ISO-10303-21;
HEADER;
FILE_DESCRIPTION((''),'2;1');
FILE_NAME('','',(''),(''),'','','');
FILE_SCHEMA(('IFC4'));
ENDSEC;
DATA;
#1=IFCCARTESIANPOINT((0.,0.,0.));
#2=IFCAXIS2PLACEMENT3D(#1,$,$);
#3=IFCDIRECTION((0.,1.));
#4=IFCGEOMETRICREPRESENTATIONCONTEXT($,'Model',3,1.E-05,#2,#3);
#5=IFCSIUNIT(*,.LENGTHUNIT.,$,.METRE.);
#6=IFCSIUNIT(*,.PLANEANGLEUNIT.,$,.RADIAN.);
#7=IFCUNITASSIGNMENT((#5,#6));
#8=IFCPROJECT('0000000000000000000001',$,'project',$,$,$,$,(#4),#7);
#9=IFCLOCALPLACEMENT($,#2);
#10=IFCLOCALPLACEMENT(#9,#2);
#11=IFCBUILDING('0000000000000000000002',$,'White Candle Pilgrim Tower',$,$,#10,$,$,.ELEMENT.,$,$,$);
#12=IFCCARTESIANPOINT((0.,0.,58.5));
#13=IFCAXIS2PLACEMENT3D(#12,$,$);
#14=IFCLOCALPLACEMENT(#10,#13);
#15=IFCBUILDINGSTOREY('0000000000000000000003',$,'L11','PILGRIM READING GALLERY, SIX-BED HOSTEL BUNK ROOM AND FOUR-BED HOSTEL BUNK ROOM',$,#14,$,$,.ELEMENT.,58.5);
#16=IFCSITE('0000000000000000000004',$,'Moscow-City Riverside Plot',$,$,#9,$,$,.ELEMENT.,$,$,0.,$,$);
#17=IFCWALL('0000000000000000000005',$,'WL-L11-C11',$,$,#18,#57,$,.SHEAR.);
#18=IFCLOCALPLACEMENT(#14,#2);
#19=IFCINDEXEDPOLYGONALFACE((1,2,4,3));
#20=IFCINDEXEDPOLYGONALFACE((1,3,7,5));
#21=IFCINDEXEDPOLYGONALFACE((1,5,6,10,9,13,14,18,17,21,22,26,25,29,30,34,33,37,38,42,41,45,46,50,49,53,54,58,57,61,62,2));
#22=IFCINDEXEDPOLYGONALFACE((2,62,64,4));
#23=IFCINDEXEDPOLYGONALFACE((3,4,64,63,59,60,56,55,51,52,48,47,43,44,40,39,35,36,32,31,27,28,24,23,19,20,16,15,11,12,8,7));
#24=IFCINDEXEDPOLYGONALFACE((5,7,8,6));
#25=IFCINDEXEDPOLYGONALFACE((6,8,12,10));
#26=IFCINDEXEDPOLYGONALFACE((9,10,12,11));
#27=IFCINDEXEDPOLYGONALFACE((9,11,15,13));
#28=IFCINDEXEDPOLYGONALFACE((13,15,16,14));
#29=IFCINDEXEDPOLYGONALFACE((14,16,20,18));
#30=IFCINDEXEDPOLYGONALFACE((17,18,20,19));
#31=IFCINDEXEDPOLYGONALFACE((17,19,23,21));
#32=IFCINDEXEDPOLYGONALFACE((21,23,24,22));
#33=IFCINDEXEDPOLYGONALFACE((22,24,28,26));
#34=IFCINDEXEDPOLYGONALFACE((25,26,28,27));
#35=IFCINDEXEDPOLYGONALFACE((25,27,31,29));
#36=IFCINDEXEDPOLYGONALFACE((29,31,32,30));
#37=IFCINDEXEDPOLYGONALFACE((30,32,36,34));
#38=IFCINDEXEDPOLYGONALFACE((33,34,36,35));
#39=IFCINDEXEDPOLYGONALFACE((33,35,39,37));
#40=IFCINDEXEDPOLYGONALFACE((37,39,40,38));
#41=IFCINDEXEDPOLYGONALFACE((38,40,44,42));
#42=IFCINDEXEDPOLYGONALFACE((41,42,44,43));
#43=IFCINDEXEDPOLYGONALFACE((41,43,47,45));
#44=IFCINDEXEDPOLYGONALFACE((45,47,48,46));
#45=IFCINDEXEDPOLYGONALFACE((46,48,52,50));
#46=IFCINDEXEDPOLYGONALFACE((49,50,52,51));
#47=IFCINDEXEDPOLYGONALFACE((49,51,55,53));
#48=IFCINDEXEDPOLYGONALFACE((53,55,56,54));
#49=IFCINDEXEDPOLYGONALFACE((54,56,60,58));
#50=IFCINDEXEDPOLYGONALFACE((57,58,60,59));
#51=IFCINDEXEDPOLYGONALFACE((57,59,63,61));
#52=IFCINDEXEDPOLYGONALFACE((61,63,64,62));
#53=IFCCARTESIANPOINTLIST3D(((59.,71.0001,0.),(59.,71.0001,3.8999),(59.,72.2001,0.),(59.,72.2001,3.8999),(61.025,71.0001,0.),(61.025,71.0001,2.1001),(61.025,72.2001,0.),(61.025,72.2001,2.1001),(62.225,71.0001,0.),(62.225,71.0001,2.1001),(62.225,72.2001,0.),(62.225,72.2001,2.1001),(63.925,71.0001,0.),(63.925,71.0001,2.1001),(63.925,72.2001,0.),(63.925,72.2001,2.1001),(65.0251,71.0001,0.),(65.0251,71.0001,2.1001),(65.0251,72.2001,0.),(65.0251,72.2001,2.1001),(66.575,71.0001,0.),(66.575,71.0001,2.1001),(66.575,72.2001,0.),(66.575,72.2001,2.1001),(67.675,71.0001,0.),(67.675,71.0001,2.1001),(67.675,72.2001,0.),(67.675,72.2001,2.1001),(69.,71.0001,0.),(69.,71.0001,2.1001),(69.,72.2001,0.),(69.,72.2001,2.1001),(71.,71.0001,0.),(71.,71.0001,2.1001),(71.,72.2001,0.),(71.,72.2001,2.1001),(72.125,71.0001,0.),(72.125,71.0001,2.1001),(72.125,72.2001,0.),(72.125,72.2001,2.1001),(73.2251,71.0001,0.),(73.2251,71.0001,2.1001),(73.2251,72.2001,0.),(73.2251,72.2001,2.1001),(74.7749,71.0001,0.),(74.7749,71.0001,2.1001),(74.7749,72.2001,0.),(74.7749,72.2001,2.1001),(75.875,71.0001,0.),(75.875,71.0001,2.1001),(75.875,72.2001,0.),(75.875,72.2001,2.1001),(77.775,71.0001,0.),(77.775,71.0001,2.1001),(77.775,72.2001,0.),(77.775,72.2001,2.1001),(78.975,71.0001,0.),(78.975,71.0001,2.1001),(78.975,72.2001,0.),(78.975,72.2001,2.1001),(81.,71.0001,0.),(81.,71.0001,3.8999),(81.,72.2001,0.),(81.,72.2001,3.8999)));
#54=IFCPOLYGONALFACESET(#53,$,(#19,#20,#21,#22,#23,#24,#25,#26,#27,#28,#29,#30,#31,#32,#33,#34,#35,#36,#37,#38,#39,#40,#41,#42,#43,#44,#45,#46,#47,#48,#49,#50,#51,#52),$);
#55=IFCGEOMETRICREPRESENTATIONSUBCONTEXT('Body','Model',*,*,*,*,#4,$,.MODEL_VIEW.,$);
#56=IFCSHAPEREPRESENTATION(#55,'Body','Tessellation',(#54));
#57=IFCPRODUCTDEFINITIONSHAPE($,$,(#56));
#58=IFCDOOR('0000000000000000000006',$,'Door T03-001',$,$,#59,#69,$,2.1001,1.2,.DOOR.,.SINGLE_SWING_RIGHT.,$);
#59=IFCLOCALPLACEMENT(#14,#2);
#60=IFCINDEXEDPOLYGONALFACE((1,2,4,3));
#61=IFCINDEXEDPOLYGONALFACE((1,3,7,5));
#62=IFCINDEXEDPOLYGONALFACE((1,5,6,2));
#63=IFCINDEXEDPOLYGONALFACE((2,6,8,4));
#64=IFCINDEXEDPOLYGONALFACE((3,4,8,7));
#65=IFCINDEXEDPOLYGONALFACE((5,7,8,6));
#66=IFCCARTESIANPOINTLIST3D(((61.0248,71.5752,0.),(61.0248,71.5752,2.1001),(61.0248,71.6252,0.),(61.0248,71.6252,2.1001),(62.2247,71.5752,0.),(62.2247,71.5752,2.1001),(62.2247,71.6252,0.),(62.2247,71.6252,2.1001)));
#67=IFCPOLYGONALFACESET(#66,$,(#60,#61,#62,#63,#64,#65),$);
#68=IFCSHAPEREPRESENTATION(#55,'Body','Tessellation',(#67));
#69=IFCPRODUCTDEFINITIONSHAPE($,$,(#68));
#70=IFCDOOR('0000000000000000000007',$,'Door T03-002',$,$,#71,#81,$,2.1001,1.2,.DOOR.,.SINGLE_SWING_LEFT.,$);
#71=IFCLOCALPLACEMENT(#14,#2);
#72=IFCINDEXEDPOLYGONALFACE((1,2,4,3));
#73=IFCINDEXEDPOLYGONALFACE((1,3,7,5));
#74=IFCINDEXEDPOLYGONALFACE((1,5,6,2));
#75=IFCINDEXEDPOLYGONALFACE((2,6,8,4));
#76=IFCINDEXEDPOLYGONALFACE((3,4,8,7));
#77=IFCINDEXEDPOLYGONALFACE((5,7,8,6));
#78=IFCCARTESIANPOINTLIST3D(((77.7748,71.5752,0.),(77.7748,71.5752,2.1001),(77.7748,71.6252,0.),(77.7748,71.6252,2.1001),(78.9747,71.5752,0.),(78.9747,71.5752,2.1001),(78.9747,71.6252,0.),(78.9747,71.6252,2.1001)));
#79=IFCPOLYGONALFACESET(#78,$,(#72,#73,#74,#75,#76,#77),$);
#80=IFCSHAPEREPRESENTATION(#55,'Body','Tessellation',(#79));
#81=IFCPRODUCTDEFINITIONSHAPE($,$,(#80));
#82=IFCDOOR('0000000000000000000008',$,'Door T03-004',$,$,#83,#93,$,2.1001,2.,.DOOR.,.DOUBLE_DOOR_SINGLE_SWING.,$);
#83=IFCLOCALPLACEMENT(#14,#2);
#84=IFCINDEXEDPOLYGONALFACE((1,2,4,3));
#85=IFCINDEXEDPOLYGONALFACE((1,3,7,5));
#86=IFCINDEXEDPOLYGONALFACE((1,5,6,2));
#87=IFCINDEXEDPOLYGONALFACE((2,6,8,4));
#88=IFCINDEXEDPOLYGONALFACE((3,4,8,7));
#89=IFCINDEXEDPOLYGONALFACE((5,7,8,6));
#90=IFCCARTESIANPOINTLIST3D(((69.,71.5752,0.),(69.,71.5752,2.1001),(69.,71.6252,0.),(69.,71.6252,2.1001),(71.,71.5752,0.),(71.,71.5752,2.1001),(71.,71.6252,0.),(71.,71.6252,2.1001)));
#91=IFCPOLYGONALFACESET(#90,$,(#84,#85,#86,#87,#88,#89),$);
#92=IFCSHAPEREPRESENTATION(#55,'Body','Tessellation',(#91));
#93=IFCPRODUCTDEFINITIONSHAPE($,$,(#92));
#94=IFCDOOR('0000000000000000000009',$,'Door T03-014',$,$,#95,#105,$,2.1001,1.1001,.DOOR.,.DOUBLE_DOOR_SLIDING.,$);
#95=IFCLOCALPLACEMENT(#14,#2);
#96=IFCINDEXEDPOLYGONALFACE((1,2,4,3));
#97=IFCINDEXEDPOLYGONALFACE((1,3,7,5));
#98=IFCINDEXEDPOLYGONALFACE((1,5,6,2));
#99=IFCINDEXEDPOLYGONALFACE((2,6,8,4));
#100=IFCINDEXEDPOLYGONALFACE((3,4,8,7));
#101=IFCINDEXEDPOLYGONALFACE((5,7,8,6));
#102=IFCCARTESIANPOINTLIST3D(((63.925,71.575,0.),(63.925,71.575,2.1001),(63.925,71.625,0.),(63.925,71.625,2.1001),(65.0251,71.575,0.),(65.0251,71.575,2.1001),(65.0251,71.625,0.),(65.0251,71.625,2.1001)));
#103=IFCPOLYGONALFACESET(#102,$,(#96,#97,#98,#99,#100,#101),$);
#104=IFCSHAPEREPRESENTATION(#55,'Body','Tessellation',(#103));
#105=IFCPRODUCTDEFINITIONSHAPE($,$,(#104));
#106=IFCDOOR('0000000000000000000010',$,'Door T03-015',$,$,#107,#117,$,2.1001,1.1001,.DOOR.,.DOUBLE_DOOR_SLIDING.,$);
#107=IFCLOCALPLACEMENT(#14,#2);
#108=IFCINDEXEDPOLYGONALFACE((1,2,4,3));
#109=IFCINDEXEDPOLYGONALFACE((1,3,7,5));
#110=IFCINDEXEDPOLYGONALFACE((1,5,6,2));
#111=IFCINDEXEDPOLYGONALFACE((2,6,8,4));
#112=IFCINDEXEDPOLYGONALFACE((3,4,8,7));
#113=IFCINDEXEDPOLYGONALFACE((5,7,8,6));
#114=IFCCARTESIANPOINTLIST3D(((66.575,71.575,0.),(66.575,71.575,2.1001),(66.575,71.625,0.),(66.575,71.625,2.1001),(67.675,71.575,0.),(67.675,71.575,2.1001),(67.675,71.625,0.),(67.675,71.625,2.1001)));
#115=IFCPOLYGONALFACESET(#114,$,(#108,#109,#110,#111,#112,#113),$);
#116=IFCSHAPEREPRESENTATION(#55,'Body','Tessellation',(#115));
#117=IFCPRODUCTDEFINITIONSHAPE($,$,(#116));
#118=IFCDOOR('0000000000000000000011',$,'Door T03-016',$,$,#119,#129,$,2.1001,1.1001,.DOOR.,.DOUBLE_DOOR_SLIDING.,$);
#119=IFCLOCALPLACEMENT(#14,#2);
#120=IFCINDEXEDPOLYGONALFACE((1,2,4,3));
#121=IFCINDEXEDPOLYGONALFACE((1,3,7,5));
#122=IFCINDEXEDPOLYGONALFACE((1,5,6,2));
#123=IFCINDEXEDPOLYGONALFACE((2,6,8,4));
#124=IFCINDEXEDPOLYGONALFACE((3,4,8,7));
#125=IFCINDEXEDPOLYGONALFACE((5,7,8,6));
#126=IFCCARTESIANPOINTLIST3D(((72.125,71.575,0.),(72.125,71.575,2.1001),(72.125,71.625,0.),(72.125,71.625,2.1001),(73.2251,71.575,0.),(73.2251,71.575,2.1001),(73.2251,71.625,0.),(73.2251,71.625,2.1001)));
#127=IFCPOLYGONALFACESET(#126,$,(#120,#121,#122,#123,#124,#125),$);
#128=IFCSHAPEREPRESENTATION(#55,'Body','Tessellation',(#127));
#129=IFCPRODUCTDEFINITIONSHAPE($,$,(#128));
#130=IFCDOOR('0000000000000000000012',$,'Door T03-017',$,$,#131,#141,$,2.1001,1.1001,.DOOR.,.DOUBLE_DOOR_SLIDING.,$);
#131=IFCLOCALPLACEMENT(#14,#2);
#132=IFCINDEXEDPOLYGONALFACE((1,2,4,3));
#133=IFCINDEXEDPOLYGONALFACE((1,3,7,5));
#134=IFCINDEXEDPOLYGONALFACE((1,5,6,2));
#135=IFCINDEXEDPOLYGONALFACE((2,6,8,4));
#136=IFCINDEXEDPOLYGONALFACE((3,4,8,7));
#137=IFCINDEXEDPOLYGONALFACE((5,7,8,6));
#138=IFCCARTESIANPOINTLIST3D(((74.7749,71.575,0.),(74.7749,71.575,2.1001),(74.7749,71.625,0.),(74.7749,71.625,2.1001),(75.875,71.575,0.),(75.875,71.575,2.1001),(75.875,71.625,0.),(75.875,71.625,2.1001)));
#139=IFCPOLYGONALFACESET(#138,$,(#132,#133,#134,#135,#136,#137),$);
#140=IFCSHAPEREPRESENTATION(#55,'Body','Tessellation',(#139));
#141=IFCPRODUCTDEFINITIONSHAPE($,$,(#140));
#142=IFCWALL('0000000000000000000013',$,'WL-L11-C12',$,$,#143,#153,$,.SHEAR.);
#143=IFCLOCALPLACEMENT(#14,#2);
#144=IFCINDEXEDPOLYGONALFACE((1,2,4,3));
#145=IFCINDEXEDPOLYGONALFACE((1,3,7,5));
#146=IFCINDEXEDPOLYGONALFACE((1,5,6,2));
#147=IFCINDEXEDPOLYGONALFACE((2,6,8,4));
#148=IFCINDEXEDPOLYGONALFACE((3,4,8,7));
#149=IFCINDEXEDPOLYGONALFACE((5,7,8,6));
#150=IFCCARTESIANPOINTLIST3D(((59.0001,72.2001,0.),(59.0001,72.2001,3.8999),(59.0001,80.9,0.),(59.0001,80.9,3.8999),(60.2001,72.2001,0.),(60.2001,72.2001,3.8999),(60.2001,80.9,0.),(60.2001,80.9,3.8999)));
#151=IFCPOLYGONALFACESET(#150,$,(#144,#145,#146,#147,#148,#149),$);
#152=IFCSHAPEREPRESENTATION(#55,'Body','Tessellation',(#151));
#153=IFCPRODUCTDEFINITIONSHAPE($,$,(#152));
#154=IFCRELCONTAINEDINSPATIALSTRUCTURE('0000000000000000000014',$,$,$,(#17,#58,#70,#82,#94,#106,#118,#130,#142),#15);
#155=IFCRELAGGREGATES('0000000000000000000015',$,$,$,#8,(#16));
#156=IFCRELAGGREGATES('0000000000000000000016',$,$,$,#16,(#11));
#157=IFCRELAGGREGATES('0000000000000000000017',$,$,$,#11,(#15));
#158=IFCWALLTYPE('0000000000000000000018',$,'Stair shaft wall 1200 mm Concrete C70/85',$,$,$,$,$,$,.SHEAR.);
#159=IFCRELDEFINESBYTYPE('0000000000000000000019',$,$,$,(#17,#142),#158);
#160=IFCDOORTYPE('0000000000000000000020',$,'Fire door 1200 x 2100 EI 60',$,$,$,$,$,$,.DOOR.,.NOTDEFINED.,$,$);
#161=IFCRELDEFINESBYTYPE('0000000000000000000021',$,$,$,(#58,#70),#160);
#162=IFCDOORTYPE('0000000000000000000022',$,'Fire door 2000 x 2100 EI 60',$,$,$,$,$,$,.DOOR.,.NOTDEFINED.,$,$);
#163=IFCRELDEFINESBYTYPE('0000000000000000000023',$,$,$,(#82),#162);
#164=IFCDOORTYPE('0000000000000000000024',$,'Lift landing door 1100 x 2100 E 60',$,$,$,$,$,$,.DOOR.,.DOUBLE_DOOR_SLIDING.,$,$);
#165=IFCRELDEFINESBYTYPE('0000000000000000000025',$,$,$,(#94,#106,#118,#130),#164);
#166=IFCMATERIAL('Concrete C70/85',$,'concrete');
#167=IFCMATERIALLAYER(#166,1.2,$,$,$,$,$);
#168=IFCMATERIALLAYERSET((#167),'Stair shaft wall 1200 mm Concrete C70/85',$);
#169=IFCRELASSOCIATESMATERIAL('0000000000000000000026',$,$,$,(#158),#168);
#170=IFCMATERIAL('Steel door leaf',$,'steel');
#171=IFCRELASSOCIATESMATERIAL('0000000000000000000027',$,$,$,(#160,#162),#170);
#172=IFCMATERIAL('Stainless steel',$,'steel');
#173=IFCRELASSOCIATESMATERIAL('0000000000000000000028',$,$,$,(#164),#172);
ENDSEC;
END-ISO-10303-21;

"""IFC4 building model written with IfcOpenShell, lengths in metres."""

from ifc_helpers import new_model, si_unit, direction, frame, frame_2d, origin, place, context, subcontext, project, spatial, rectangle, extrude, material, layer, layer_set, type_object, element, fill, save


model = new_model("IFC4")

# Units and contexts
model_context = context("Model", 3, precision=1e-05, world=origin(), true_north=direction((0.0, 1.0)))
body_context = subcontext(model_context, "Body", "Model", "MODEL_VIEW")
ifc_project = project(units=[si_unit("LENGTHUNIT", "METRE"), si_unit("PLANEANGLEUNIT", "RADIAN")], contexts=[model_context])

# Site, building, storey
site_placement = place(None, origin())
site = spatial("IfcSite", under=ifc_project, at=site_placement, Name="Moscow-City Riverside Plot", CompositionType="ELEMENT", RefElevation=0.0)
building_placement = place(site_placement, origin())
building = spatial("IfcBuilding", under=site, at=building_placement, Name="White Candle Pilgrim Tower", CompositionType="ELEMENT")
storey_placement = place(building_placement, frame((0.0, 0.0, 58.5)))
storey = spatial("IfcBuildingStorey", under=building, at=storey_placement, Name="L11", Description="PILGRIM READING GALLERY, SIX-BED HOSTEL BUNK ROOM AND FOUR-BED HOSTEL BUNK ROOM", CompositionType="ELEMENT", Elevation=58.5)

# Shared definitions
ifc_material_1 = material(Name="Concrete C70/85", Category="concrete")

# Wall, openings, doors
ifc_layer_1 = layer(ifc_material_1, 1.2)
ifc_layer_set_1 = layer_set([ifc_layer_1], Name="Stair shaft wall 1200 mm Concrete C70/85")
wall_type_1 = type_object("IfcWallType", Name="Stair shaft wall 1200 mm Concrete C70/85", PredefinedType="SHEAR", material=ifc_layer_set_1)
wall_1_placement = place(storey_placement, frame((59.0, 71.6001, 0.0), z_axis=(0.0, 0.0, 1.0), x_axis=(1.0, 0.0, 0.0)))
wall_1 = element("IfcWall", 1, at=wall_1_placement, inside=storey, type_object=wall_type_1, Name="WL-L11-C11", PredefinedType="SHEAR", context=body_context, shape_type="SweptSolid", body=[
    extrude(rectangle(XDim=22.0, YDim=1.2, at=frame_2d((11.0, 0.0))), origin(), (0.0, 0.0, 1.0), 3.8999),
])
opening_1_placement = place(wall_1_placement, frame((2.0249, 0.0, 0.0)))
opening_1 = element("IfcOpeningElement", 2, at=opening_1_placement, cuts=wall_1, PredefinedType="OPENING", context=body_context, shape_type="SweptSolid", body=[
    extrude(rectangle(XDim=1.2, YDim=2.1001, at=frame_2d((0.6001, 1.05))), frame((0.0, 0.6099, 0.0), z_axis=(0.0, -1.0, 0.0), x_axis=(1.0, 0.0, 0.0)), (0.0, 0.0, 1.0), 1.22),
])
opening_2_placement = place(wall_1_placement, frame((18.7749, 0.0, 0.0)))
opening_2 = element("IfcOpeningElement", 3, at=opening_2_placement, cuts=wall_1, PredefinedType="OPENING", context=body_context, shape_type="SweptSolid", body=[
    extrude(rectangle(XDim=1.2, YDim=2.1001, at=frame_2d((0.6001, 1.05))), frame((0.0, 0.6099, 0.0), z_axis=(0.0, -1.0, 0.0), x_axis=(1.0, 0.0, 0.0)), (0.0, 0.0, 1.0), 1.22),
])
opening_3_placement = place(wall_1_placement, frame((10.0, 0.0, 0.0)))
opening_3 = element("IfcOpeningElement", 4, at=opening_3_placement, cuts=wall_1, PredefinedType="OPENING", context=body_context, shape_type="SweptSolid", body=[
    extrude(rectangle(XDim=2.0, YDim=2.1001, at=frame_2d((1.0, 1.05))), frame((0.0, 0.6099, 0.0), z_axis=(0.0, -1.0, 0.0), x_axis=(1.0, 0.0, 0.0)), (0.0, 0.0, 1.0), 1.22),
])
opening_4_placement = place(wall_1_placement, frame((4.925, 0.0, 0.0)))
opening_4 = element("IfcOpeningElement", 5, at=opening_4_placement, cuts=wall_1, PredefinedType="OPENING", context=body_context, shape_type="SweptSolid", body=[
    extrude(rectangle(XDim=1.1001, YDim=2.1001, at=frame_2d((0.55, 1.05))), frame((0.0, 0.6099, 0.0), z_axis=(0.0, -1.0, 0.0), x_axis=(1.0, 0.0, 0.0)), (0.0, 0.0, 1.0), 1.22),
])
opening_5_placement = place(wall_1_placement, frame((7.575, 0.0, 0.0)))
opening_5 = element("IfcOpeningElement", 6, at=opening_5_placement, cuts=wall_1, PredefinedType="OPENING", context=body_context, shape_type="SweptSolid", body=[
    extrude(rectangle(XDim=1.1001, YDim=2.1001, at=frame_2d((0.55, 1.05))), frame((0.0, 0.6099, 0.0), z_axis=(0.0, -1.0, 0.0), x_axis=(1.0, 0.0, 0.0)), (0.0, 0.0, 1.0), 1.22),
])
opening_6_placement = place(wall_1_placement, frame((13.125, 0.0, 0.0)))
opening_6 = element("IfcOpeningElement", 7, at=opening_6_placement, cuts=wall_1, PredefinedType="OPENING", context=body_context, shape_type="SweptSolid", body=[
    extrude(rectangle(XDim=1.1001, YDim=2.1001, at=frame_2d((0.55, 1.05))), frame((0.0, 0.6099, 0.0), z_axis=(0.0, -1.0, 0.0), x_axis=(1.0, 0.0, 0.0)), (0.0, 0.0, 1.0), 1.22),
])
opening_7_placement = place(wall_1_placement, frame((15.7749, 0.0, 0.0)))
opening_7 = element("IfcOpeningElement", 8, at=opening_7_placement, cuts=wall_1, PredefinedType="OPENING", context=body_context, shape_type="SweptSolid", body=[
    extrude(rectangle(XDim=1.1001, YDim=2.1001, at=frame_2d((0.55, 1.05))), frame((0.0, 0.6099, 0.0), z_axis=(0.0, -1.0, 0.0), x_axis=(1.0, 0.0, 0.0)), (0.0, 0.0, 1.0), 1.22),
])
ifc_material_2 = material(Name="Steel door leaf", Category="steel")
door_type_1 = type_object("IfcDoorType", Name="Fire door 1200 x 2100 EI 60", OperationType="NOTDEFINED", PredefinedType="DOOR", material=ifc_material_2)
door_1_placement = place(opening_1_placement, frame((1.2, 0.0, 0.0), z_axis=(0.0, 0.0, 1.0), x_axis=(-1.0, 0.0, 0.0)))
door_1 = element("IfcDoor", 9, at=door_1_placement, inside=storey, type_object=door_type_1, Name="Door T03-001", OperationType="SINGLE_SWING_RIGHT", OverallHeight=2.1001, OverallWidth=1.2, PredefinedType="DOOR", context=body_context, shape_type="SweptSolid", body=[
    extrude(rectangle(XDim=1.2, YDim=2.1001, at=frame_2d((0.6001, 1.05))), frame((0.0, 0.0249, 0.0), z_axis=(0.0, -1.0, 0.0), x_axis=(1.0, 0.0, 0.0)), (0.0, 0.0, 1.0), 0.05),
])
fill(opening_1, door_1)
door_2_placement = place(opening_2_placement, frame((1.2, 0.0, 0.0), z_axis=(0.0, 0.0, 1.0), x_axis=(-1.0, 0.0, 0.0)))
door_2 = element("IfcDoor", 10, at=door_2_placement, inside=storey, type_object=door_type_1, Name="Door T03-002", OperationType="SINGLE_SWING_LEFT", OverallHeight=2.1001, OverallWidth=1.2, PredefinedType="DOOR", context=body_context, shape_type="SweptSolid", body=[
    extrude(rectangle(XDim=1.2, YDim=2.1001, at=frame_2d((0.6001, 1.05))), frame((0.0, 0.0249, 0.0), z_axis=(0.0, -1.0, 0.0), x_axis=(1.0, 0.0, 0.0)), (0.0, 0.0, 1.0), 0.05),
])
fill(opening_2, door_2)
door_type_2 = type_object("IfcDoorType", Name="Fire door 2000 x 2100 EI 60", OperationType="NOTDEFINED", PredefinedType="DOOR", material=ifc_material_2)
door_3_placement = place(opening_3_placement, frame((2.0, 0.0, 0.0), z_axis=(0.0, 0.0, 1.0), x_axis=(-1.0, 0.0, 0.0)))
door_3 = element("IfcDoor", 11, at=door_3_placement, inside=storey, type_object=door_type_2, Name="Door T03-004", OperationType="DOUBLE_DOOR_SINGLE_SWING", OverallHeight=2.1001, OverallWidth=2.0, PredefinedType="DOOR", context=body_context, shape_type="SweptSolid", body=[
    extrude(rectangle(XDim=2.0, YDim=2.1001, at=frame_2d((1.0, 1.05))), frame((0.0, 0.0249, 0.0), z_axis=(0.0, -1.0, 0.0), x_axis=(1.0, 0.0, 0.0)), (0.0, 0.0, 1.0), 0.05),
])
fill(opening_3, door_3)
ifc_material_3 = material(Name="Stainless steel", Category="steel")
door_type_3 = type_object("IfcDoorType", Name="Lift landing door 1100 x 2100 E 60", OperationType="DOUBLE_DOOR_SLIDING", PredefinedType="DOOR", material=ifc_material_3)
door_4_placement = place(opening_4_placement, origin())
door_4 = element("IfcDoor", 12, at=door_4_placement, inside=storey, type_object=door_type_3, Name="Door T03-014", OperationType="DOUBLE_DOOR_SLIDING", OverallHeight=2.1001, OverallWidth=1.1001, PredefinedType="DOOR", context=body_context, shape_type="SweptSolid", body=[
    extrude(rectangle(XDim=1.1001, YDim=2.1001, at=frame_2d((0.55, 1.05))), frame((0.0, 0.0249, 0.0), z_axis=(0.0, -1.0, 0.0), x_axis=(1.0, 0.0, 0.0)), (0.0, 0.0, 1.0), 0.05),
])
fill(opening_4, door_4)
door_5_placement = place(opening_5_placement, origin())
door_5 = element("IfcDoor", 13, at=door_5_placement, inside=storey, type_object=door_type_3, Name="Door T03-015", OperationType="DOUBLE_DOOR_SLIDING", OverallHeight=2.1001, OverallWidth=1.1001, PredefinedType="DOOR", context=body_context, shape_type="SweptSolid", body=[
    extrude(rectangle(XDim=1.1001, YDim=2.1001, at=frame_2d((0.55, 1.05))), frame((0.0, 0.0249, 0.0), z_axis=(0.0, -1.0, 0.0), x_axis=(1.0, 0.0, 0.0)), (0.0, 0.0, 1.0), 0.05),
])
fill(opening_5, door_5)
door_6_placement = place(opening_6_placement, origin())
door_6 = element("IfcDoor", 14, at=door_6_placement, inside=storey, type_object=door_type_3, Name="Door T03-016", OperationType="DOUBLE_DOOR_SLIDING", OverallHeight=2.1001, OverallWidth=1.1001, PredefinedType="DOOR", context=body_context, shape_type="SweptSolid", body=[
    extrude(rectangle(XDim=1.1001, YDim=2.1001, at=frame_2d((0.55, 1.05))), frame((0.0, 0.0249, 0.0), z_axis=(0.0, -1.0, 0.0), x_axis=(1.0, 0.0, 0.0)), (0.0, 0.0, 1.0), 0.05),
])
fill(opening_6, door_6)
door_7_placement = place(opening_7_placement, origin())
door_7 = element("IfcDoor", 15, at=door_7_placement, inside=storey, type_object=door_type_3, Name="Door T03-017", OperationType="DOUBLE_DOOR_SLIDING", OverallHeight=2.1001, OverallWidth=1.1001, PredefinedType="DOOR", context=body_context, shape_type="SweptSolid", body=[
    extrude(rectangle(XDim=1.1001, YDim=2.1001, at=frame_2d((0.55, 1.05))), frame((0.0, 0.0249, 0.0), z_axis=(0.0, -1.0, 0.0), x_axis=(1.0, 0.0, 0.0)), (0.0, 0.0, 1.0), 0.05),
])
fill(opening_7, door_7)

# Wall
wall_2_placement = place(storey_placement, frame((59.6001, 72.2, 0.0), z_axis=(0.0, 0.0, 1.0), x_axis=(0.0, 1.0, 0.0)))
element("IfcWall", 16, at=wall_2_placement, inside=storey, type_object=wall_type_1, Name="WL-L11-C12", PredefinedType="SHEAR", context=body_context, shape_type="SweptSolid", body=[
    extrude(rectangle(XDim=8.7, YDim=1.2, at=frame_2d((4.3501, 0.0))), origin(), (0.0, 0.0, 1.0), 3.8999),
])

save(model, "model.ifc")
